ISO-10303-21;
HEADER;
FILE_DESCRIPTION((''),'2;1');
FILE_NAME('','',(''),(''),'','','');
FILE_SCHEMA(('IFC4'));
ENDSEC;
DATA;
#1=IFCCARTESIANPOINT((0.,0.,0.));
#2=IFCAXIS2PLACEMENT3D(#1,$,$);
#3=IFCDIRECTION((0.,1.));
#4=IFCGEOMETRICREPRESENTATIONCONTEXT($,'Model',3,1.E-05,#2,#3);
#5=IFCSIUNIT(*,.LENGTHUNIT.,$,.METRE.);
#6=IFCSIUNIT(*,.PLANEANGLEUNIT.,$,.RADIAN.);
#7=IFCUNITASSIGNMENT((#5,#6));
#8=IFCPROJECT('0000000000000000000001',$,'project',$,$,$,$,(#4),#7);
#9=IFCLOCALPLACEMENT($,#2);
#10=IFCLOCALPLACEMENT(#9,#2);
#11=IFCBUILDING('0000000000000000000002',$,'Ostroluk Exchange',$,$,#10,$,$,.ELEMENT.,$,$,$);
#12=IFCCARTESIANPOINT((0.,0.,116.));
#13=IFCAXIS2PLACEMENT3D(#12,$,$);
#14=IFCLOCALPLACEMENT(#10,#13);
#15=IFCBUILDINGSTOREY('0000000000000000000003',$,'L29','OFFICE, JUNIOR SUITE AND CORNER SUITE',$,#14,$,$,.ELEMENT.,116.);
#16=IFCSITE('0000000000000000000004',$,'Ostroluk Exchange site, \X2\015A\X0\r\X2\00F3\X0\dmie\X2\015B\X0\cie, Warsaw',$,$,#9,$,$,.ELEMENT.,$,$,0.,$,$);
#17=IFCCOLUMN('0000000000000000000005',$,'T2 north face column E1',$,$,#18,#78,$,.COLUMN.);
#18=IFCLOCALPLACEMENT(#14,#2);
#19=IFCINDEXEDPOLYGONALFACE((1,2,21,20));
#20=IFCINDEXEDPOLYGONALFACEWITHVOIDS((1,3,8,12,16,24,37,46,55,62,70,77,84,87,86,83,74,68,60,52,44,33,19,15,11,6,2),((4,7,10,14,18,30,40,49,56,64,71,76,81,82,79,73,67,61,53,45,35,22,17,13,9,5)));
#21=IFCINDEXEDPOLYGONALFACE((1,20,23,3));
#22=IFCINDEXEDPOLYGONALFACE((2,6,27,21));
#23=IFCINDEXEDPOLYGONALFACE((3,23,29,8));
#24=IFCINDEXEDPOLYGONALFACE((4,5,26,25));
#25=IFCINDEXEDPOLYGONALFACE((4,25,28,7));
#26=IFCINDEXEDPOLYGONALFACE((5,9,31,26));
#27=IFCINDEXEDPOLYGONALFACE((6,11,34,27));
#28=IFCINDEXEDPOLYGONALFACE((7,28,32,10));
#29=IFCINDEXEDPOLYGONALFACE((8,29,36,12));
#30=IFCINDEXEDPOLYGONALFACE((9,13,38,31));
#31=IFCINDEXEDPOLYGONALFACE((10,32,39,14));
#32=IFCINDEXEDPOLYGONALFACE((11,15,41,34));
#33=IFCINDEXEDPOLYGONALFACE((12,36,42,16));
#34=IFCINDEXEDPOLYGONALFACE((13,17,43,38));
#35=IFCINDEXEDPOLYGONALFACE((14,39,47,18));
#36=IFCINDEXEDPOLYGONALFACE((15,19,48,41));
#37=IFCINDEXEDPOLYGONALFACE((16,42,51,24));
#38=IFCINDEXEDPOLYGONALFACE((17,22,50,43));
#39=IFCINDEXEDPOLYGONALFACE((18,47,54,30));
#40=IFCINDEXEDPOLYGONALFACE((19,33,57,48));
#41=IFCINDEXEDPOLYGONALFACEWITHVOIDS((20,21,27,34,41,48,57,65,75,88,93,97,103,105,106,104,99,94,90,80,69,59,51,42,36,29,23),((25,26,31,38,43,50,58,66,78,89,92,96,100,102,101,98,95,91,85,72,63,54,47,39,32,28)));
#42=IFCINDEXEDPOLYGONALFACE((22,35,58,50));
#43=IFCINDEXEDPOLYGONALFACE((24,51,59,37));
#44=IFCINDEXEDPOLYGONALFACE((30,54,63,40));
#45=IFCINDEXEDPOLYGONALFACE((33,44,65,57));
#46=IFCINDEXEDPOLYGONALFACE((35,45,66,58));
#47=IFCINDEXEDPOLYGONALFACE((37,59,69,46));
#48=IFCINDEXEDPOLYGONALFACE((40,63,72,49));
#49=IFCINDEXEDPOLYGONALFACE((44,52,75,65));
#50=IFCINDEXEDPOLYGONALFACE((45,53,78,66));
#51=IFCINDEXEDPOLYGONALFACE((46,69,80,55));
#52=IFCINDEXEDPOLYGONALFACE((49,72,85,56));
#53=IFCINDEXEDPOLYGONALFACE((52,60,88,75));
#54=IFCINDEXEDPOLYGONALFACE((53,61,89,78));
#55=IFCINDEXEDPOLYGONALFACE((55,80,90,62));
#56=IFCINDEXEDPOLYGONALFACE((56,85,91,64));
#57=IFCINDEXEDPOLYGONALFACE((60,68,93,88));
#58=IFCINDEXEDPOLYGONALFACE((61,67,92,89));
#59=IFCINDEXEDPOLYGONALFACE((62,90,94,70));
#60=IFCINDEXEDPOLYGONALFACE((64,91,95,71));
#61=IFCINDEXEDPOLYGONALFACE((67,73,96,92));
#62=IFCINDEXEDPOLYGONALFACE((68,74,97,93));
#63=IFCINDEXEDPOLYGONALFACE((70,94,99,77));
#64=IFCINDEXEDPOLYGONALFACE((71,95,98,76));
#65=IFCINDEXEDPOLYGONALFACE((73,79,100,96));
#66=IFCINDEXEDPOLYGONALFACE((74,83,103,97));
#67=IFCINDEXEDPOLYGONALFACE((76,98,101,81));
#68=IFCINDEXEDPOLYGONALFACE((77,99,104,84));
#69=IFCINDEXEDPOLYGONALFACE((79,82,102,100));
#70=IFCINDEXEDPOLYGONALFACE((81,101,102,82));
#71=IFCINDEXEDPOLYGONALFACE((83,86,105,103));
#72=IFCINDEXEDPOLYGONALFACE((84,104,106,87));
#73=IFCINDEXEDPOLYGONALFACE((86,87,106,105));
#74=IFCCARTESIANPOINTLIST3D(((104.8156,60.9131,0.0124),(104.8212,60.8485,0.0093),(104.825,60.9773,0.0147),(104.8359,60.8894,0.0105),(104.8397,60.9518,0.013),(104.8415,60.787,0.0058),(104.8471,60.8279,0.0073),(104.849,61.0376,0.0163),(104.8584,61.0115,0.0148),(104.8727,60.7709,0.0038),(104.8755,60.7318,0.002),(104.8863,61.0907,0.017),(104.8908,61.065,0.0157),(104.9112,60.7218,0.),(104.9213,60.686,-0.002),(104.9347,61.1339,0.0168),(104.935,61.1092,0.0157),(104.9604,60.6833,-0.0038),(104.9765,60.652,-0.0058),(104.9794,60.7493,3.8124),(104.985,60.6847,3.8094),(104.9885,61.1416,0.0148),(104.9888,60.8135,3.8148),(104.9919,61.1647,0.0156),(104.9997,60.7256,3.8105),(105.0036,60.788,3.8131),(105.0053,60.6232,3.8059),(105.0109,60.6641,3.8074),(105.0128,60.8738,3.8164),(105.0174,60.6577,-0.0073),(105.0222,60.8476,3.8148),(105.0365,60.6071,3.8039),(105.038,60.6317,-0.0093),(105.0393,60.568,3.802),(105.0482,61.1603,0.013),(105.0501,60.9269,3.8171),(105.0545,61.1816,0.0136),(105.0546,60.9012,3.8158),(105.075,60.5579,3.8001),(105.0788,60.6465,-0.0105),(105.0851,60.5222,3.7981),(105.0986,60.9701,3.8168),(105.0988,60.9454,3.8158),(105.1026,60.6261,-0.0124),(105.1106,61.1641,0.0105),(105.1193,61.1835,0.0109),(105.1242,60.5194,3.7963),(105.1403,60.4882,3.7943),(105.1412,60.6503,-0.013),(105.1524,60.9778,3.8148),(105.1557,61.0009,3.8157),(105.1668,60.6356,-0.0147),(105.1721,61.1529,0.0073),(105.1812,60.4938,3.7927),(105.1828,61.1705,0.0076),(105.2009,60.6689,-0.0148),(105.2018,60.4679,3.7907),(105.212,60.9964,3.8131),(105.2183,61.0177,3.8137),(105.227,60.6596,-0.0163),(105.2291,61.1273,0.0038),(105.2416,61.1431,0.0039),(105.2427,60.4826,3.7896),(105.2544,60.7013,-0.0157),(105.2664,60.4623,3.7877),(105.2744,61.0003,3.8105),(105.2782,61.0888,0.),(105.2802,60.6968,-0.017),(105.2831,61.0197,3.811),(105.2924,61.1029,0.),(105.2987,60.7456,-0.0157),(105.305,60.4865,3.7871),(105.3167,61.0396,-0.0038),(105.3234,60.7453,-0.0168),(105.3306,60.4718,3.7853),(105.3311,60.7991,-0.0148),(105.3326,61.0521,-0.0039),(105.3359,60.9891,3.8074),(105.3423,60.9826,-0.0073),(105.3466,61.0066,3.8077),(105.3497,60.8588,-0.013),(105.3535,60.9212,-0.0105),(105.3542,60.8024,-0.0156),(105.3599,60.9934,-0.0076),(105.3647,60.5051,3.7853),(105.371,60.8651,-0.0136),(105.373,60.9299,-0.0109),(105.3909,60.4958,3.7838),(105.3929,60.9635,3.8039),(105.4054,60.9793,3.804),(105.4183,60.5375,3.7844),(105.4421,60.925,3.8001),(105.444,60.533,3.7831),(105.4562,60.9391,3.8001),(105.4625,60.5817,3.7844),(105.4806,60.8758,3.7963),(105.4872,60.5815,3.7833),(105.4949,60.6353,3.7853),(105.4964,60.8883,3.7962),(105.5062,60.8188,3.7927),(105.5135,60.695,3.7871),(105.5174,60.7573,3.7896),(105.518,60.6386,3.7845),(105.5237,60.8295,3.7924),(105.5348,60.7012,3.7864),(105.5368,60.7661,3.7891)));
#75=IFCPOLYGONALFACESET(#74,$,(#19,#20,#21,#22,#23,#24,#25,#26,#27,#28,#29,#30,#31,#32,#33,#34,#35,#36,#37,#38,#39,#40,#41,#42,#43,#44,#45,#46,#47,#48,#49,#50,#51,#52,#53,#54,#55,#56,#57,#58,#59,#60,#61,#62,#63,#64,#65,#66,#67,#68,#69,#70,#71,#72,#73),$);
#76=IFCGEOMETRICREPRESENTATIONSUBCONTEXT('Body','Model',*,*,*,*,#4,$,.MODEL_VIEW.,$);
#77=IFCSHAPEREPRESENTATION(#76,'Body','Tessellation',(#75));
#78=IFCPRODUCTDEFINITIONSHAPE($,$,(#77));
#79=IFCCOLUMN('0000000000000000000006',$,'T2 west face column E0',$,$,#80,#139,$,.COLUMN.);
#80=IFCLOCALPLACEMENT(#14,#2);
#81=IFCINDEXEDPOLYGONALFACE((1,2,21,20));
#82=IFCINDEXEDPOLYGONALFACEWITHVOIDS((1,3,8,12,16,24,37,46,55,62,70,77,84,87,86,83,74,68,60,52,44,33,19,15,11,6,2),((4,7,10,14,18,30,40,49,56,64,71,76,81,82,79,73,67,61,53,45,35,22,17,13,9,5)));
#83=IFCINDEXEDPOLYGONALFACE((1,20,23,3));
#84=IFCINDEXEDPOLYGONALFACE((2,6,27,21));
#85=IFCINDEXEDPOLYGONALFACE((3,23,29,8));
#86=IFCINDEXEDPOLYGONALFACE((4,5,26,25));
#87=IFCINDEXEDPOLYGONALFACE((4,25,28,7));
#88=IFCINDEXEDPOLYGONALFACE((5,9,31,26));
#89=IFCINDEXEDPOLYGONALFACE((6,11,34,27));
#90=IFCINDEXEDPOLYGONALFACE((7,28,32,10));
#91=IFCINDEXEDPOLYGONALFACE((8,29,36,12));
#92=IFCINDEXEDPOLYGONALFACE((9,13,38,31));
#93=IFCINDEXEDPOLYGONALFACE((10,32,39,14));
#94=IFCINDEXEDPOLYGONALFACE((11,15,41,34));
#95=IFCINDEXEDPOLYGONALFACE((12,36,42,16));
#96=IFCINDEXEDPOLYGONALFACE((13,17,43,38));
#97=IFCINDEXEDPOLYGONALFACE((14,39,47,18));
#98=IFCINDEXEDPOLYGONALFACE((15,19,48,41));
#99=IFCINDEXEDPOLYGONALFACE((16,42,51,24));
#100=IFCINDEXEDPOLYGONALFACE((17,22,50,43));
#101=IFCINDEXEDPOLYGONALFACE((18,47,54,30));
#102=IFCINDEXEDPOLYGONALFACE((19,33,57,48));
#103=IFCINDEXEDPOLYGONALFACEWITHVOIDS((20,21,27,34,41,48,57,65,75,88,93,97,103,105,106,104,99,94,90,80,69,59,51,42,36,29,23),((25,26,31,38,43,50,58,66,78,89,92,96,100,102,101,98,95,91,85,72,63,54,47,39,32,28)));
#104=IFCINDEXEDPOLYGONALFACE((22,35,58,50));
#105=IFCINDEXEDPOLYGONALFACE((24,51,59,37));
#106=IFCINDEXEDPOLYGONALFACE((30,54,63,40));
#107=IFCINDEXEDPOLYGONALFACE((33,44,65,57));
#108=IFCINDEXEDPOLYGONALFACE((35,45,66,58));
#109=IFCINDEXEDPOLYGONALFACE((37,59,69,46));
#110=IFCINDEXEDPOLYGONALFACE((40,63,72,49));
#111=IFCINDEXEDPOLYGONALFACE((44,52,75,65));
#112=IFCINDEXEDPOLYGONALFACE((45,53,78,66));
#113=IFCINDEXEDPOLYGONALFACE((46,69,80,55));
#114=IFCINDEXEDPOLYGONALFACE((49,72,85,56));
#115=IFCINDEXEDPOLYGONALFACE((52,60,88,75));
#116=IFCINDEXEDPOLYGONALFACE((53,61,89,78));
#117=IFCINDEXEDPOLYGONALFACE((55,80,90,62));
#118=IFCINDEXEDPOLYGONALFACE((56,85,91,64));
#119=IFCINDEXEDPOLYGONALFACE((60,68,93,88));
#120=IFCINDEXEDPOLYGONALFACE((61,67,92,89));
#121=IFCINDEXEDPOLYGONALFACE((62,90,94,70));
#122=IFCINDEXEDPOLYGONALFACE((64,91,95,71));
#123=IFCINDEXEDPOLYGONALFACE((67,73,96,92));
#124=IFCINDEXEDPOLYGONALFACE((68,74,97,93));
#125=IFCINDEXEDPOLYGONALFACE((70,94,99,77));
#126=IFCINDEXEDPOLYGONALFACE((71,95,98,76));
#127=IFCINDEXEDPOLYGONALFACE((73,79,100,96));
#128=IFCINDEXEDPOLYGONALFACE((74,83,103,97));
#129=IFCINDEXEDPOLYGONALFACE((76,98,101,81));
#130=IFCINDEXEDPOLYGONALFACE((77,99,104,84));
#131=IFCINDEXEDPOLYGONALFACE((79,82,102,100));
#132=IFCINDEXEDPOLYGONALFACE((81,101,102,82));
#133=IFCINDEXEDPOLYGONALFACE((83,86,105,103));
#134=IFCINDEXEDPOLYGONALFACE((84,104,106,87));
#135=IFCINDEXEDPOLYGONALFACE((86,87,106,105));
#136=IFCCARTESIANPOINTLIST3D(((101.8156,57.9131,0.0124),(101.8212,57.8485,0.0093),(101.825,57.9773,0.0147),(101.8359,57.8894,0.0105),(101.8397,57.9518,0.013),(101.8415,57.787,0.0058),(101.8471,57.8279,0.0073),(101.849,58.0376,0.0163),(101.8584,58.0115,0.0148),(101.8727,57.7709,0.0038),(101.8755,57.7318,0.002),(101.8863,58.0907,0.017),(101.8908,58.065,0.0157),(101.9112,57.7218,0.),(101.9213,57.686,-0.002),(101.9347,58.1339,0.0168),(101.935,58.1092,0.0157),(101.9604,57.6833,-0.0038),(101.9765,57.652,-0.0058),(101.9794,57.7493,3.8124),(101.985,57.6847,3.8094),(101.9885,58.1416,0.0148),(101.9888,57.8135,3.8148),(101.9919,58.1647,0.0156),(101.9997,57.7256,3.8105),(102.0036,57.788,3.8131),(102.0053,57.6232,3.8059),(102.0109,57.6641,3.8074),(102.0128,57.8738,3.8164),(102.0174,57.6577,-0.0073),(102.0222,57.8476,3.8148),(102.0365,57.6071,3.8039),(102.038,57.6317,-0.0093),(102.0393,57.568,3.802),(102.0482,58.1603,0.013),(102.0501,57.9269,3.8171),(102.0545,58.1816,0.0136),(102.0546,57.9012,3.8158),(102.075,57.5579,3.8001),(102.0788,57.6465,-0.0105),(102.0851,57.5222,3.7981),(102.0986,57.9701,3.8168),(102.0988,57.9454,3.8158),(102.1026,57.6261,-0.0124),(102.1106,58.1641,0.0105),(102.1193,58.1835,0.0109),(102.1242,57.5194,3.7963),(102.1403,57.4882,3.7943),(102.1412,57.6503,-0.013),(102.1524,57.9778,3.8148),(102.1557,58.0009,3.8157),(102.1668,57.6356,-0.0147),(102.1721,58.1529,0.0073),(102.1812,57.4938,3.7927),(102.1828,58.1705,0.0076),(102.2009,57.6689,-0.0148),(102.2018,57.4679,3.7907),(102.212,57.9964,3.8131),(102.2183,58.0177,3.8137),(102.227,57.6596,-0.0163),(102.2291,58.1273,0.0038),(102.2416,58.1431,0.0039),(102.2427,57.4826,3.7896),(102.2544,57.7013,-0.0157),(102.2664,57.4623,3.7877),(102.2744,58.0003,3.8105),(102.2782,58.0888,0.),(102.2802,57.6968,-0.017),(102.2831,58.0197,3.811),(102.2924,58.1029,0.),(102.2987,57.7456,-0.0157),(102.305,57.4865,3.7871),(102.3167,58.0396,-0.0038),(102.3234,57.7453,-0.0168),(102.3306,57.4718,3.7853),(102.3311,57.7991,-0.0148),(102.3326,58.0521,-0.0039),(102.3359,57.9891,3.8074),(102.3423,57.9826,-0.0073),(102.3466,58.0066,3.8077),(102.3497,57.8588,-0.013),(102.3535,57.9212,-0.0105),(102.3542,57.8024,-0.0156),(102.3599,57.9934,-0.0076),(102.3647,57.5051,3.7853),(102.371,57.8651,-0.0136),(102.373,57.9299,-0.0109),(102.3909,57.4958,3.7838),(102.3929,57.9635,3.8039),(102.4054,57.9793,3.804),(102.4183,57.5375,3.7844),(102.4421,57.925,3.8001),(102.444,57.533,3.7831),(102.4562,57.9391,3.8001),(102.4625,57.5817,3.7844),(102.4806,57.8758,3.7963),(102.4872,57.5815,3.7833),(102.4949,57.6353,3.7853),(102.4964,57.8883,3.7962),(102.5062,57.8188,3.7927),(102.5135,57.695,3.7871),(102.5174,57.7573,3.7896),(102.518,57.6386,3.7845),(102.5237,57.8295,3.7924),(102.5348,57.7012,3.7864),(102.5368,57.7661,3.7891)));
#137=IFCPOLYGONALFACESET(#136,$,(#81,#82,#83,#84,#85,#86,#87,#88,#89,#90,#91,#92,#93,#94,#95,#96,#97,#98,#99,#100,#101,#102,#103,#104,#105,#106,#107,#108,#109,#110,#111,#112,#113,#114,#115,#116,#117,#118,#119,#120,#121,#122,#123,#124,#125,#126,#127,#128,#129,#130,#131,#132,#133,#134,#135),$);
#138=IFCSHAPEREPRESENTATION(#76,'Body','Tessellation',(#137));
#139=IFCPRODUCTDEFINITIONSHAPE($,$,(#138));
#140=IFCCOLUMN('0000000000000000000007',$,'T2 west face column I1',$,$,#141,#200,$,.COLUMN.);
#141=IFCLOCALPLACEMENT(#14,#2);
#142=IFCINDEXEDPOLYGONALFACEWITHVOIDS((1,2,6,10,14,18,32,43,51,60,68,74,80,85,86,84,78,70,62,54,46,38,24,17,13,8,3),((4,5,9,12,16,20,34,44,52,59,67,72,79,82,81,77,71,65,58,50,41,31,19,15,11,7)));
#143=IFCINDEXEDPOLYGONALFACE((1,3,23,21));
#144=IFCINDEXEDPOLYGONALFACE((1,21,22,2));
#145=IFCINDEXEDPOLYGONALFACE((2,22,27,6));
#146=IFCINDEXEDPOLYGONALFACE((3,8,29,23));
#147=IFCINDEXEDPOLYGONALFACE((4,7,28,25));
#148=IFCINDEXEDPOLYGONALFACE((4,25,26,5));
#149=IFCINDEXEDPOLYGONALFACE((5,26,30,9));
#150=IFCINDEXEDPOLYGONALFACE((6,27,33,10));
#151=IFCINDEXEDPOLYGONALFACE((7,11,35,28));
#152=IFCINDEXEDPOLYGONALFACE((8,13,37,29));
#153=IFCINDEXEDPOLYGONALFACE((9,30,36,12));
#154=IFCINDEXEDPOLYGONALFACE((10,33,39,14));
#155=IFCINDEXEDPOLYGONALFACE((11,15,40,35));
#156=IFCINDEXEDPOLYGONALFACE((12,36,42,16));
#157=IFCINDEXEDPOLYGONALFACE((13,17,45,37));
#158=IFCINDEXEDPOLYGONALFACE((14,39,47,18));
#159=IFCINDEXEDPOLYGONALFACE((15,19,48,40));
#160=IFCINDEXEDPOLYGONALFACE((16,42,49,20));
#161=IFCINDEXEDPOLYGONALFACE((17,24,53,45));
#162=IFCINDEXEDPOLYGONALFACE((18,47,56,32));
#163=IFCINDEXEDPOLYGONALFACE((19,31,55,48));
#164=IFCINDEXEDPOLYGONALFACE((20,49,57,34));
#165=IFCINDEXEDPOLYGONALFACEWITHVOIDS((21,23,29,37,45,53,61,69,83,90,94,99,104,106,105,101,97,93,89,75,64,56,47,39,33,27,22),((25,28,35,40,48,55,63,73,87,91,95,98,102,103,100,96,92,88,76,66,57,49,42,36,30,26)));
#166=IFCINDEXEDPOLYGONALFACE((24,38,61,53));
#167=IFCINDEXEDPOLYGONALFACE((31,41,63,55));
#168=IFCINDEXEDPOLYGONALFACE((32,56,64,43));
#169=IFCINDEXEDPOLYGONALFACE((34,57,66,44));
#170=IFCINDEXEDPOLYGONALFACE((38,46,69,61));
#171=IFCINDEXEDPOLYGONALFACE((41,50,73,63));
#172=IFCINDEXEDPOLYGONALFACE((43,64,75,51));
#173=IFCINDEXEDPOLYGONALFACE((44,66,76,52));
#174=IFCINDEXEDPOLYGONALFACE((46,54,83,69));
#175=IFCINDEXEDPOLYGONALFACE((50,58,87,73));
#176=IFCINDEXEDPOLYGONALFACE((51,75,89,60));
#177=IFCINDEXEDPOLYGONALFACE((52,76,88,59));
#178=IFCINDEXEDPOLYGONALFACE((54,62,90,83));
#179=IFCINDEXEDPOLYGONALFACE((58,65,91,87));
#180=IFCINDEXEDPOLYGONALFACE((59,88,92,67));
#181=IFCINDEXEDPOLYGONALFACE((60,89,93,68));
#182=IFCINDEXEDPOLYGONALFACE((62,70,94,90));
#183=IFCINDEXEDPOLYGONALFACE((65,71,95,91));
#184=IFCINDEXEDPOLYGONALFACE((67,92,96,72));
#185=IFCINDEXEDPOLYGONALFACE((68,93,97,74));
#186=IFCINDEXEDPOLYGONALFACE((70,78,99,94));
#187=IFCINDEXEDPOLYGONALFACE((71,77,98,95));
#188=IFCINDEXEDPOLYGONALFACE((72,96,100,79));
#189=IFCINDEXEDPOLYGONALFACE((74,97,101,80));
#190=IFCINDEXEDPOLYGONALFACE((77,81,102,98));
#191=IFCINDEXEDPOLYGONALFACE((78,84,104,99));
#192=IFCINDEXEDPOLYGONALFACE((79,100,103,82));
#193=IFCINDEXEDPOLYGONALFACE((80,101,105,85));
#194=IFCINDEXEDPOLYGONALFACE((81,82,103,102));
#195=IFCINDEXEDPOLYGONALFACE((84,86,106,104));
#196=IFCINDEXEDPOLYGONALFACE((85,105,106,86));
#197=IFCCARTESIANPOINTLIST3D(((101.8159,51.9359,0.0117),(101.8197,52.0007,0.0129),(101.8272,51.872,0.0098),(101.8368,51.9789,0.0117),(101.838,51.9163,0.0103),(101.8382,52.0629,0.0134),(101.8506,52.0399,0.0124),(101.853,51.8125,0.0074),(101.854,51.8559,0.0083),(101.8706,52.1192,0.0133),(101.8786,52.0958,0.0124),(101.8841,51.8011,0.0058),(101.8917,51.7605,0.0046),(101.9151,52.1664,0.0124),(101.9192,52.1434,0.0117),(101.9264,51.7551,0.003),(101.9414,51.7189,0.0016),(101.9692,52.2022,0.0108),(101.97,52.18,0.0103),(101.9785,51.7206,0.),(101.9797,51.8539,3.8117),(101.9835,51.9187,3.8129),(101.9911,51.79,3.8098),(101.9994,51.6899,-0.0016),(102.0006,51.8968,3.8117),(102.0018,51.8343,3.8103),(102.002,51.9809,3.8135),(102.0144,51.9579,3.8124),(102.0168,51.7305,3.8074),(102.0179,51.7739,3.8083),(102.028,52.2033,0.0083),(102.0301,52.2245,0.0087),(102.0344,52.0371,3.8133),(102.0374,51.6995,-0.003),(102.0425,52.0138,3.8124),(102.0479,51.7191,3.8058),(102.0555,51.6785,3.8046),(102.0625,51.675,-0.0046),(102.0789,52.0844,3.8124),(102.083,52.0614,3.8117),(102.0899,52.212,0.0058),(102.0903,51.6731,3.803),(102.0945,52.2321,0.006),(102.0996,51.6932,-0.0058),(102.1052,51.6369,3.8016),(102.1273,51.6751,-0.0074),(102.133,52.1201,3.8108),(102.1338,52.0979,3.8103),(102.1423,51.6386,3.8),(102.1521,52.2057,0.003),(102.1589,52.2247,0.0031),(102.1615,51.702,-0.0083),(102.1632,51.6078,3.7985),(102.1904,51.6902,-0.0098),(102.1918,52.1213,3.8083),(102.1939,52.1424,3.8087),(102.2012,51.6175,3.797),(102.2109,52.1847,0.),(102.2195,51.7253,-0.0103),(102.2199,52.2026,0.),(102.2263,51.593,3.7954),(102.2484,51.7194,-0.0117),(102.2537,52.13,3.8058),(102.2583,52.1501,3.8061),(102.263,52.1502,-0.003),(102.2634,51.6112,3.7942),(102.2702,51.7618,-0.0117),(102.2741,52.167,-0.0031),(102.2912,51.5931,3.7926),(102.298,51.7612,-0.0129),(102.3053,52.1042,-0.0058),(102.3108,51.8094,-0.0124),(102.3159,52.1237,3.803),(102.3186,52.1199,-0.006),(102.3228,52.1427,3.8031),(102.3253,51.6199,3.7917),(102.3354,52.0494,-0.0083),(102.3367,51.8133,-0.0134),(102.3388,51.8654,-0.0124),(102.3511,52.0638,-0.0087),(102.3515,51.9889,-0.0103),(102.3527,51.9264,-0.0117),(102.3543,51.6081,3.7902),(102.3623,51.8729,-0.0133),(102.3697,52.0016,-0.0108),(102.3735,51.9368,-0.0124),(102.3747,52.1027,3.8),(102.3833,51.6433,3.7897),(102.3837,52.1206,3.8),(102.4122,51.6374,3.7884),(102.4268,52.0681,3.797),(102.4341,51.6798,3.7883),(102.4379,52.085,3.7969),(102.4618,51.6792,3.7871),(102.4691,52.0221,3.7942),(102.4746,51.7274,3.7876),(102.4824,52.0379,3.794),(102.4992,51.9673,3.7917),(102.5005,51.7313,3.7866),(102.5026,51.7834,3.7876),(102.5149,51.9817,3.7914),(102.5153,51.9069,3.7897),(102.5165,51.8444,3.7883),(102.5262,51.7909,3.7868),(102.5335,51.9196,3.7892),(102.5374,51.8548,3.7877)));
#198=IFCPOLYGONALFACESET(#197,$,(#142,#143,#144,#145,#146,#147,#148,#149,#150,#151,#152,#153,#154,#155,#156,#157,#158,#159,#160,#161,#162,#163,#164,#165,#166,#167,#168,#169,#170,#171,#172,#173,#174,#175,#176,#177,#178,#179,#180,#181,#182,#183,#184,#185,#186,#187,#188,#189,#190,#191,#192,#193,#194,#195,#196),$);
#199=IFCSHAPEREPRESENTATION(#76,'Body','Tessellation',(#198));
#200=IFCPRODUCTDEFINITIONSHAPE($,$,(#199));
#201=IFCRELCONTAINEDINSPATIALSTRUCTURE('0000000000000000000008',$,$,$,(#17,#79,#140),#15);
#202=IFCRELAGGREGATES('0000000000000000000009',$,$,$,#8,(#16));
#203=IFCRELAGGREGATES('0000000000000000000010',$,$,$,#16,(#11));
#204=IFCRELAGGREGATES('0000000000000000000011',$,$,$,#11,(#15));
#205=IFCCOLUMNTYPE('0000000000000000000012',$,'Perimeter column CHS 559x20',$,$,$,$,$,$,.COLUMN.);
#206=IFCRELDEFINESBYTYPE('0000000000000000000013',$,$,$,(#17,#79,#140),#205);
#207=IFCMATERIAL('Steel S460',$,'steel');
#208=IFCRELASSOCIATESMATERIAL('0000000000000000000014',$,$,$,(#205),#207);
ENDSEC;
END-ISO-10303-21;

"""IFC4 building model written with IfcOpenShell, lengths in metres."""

from ifc_helpers import new_model, si_unit, direction, frame, origin, origin_2d, place, context, subcontext, project, spatial, hollow_circle, extrude, material, material_profile, profile_set, type_object, element, save


model = new_model("IFC4")

# Units and contexts
model_context = context("Model", 3, precision=1e-05, world=origin(), true_north=direction((0.0, 1.0)))
body_context = subcontext(model_context, "Body", "Model", "MODEL_VIEW")
ifc_project = project(units=[si_unit("LENGTHUNIT", "METRE"), si_unit("PLANEANGLEUNIT", "RADIAN")], contexts=[model_context])

# Site, building, storey
site_placement = place(None, origin())
site = spatial("IfcSite", under=ifc_project, at=site_placement, Name="Ostroluk Exchange site, Śródmieście, Warsaw", CompositionType="ELEMENT", RefElevation=0.0)
building_placement = place(site_placement, origin())
building = spatial("IfcBuilding", under=site, at=building_placement, Name="Ostroluk Exchange", CompositionType="ELEMENT")
storey_placement = place(building_placement, frame((0.0, 0.0, 116.0)))
storey = spatial("IfcBuildingStorey", under=building, at=storey_placement, Name="L29", Description="OFFICE, JUNIOR SUITE AND CORNER SUITE", CompositionType="ELEMENT", Elevation=116.0)

# Columns
ifc_material_1 = material(Name="Steel S460", Category="steel")
ifc_material_profile_1 = material_profile(ifc_material_1, hollow_circle(Radius=0.2795, WallThickness=0.02, at=origin_2d()), Name="CHS 559x20")
ifc_profile_set_1 = profile_set([ifc_material_profile_1], Name="Steel S460")
column_type = type_object("IfcColumnType", Name="Perimeter column CHS 559x20", PredefinedType="COLUMN", material=ifc_profile_set_1)
for number, where, z_axis, x_axis, name in (
    (1, (105.0947, 60.9053, 0.0), (0.04303, -0.04303, 0.998147), (0.707107, 0.707107, 0.0), "T2 north face column E1"),
    (2, (102.0947, 57.9053, 0.0), (0.04303, -0.04303, 0.998147), (0.707107, 0.707107, 0.0), "T2 west face column E0"),
):
    element("IfcColumn", number, at=place(storey_placement, frame(where, z_axis=z_axis, x_axis=x_axis)), inside=storey, type_object=column_type, Name=name, PredefinedType="COLUMN", context=body_context, shape_type="SweptSolid", body=[
        extrude(hollow_circle(Radius=0.2795, WallThickness=0.02, at=origin_2d()), origin(), (0.0, 0.0, 1.0), 3.8071),
    ])
column_placement = place(storey_placement, frame((102.0947, 51.9526, 0.0), z_axis=(0.04306, -0.021562, 0.99884), x_axis=(0.447747, 0.894161, 0.0)))
element("IfcColumn", 3, at=column_placement, inside=storey, type_object=column_type, Name="T2 west face column I1", PredefinedType="COLUMN", context=body_context, shape_type="SweptSolid", body=[
    extrude(hollow_circle(Radius=0.2795, WallThickness=0.02, at=origin_2d()), origin(), (0.0, 0.0, 1.0), 3.8044),
])

save(model, "model.ifc")
